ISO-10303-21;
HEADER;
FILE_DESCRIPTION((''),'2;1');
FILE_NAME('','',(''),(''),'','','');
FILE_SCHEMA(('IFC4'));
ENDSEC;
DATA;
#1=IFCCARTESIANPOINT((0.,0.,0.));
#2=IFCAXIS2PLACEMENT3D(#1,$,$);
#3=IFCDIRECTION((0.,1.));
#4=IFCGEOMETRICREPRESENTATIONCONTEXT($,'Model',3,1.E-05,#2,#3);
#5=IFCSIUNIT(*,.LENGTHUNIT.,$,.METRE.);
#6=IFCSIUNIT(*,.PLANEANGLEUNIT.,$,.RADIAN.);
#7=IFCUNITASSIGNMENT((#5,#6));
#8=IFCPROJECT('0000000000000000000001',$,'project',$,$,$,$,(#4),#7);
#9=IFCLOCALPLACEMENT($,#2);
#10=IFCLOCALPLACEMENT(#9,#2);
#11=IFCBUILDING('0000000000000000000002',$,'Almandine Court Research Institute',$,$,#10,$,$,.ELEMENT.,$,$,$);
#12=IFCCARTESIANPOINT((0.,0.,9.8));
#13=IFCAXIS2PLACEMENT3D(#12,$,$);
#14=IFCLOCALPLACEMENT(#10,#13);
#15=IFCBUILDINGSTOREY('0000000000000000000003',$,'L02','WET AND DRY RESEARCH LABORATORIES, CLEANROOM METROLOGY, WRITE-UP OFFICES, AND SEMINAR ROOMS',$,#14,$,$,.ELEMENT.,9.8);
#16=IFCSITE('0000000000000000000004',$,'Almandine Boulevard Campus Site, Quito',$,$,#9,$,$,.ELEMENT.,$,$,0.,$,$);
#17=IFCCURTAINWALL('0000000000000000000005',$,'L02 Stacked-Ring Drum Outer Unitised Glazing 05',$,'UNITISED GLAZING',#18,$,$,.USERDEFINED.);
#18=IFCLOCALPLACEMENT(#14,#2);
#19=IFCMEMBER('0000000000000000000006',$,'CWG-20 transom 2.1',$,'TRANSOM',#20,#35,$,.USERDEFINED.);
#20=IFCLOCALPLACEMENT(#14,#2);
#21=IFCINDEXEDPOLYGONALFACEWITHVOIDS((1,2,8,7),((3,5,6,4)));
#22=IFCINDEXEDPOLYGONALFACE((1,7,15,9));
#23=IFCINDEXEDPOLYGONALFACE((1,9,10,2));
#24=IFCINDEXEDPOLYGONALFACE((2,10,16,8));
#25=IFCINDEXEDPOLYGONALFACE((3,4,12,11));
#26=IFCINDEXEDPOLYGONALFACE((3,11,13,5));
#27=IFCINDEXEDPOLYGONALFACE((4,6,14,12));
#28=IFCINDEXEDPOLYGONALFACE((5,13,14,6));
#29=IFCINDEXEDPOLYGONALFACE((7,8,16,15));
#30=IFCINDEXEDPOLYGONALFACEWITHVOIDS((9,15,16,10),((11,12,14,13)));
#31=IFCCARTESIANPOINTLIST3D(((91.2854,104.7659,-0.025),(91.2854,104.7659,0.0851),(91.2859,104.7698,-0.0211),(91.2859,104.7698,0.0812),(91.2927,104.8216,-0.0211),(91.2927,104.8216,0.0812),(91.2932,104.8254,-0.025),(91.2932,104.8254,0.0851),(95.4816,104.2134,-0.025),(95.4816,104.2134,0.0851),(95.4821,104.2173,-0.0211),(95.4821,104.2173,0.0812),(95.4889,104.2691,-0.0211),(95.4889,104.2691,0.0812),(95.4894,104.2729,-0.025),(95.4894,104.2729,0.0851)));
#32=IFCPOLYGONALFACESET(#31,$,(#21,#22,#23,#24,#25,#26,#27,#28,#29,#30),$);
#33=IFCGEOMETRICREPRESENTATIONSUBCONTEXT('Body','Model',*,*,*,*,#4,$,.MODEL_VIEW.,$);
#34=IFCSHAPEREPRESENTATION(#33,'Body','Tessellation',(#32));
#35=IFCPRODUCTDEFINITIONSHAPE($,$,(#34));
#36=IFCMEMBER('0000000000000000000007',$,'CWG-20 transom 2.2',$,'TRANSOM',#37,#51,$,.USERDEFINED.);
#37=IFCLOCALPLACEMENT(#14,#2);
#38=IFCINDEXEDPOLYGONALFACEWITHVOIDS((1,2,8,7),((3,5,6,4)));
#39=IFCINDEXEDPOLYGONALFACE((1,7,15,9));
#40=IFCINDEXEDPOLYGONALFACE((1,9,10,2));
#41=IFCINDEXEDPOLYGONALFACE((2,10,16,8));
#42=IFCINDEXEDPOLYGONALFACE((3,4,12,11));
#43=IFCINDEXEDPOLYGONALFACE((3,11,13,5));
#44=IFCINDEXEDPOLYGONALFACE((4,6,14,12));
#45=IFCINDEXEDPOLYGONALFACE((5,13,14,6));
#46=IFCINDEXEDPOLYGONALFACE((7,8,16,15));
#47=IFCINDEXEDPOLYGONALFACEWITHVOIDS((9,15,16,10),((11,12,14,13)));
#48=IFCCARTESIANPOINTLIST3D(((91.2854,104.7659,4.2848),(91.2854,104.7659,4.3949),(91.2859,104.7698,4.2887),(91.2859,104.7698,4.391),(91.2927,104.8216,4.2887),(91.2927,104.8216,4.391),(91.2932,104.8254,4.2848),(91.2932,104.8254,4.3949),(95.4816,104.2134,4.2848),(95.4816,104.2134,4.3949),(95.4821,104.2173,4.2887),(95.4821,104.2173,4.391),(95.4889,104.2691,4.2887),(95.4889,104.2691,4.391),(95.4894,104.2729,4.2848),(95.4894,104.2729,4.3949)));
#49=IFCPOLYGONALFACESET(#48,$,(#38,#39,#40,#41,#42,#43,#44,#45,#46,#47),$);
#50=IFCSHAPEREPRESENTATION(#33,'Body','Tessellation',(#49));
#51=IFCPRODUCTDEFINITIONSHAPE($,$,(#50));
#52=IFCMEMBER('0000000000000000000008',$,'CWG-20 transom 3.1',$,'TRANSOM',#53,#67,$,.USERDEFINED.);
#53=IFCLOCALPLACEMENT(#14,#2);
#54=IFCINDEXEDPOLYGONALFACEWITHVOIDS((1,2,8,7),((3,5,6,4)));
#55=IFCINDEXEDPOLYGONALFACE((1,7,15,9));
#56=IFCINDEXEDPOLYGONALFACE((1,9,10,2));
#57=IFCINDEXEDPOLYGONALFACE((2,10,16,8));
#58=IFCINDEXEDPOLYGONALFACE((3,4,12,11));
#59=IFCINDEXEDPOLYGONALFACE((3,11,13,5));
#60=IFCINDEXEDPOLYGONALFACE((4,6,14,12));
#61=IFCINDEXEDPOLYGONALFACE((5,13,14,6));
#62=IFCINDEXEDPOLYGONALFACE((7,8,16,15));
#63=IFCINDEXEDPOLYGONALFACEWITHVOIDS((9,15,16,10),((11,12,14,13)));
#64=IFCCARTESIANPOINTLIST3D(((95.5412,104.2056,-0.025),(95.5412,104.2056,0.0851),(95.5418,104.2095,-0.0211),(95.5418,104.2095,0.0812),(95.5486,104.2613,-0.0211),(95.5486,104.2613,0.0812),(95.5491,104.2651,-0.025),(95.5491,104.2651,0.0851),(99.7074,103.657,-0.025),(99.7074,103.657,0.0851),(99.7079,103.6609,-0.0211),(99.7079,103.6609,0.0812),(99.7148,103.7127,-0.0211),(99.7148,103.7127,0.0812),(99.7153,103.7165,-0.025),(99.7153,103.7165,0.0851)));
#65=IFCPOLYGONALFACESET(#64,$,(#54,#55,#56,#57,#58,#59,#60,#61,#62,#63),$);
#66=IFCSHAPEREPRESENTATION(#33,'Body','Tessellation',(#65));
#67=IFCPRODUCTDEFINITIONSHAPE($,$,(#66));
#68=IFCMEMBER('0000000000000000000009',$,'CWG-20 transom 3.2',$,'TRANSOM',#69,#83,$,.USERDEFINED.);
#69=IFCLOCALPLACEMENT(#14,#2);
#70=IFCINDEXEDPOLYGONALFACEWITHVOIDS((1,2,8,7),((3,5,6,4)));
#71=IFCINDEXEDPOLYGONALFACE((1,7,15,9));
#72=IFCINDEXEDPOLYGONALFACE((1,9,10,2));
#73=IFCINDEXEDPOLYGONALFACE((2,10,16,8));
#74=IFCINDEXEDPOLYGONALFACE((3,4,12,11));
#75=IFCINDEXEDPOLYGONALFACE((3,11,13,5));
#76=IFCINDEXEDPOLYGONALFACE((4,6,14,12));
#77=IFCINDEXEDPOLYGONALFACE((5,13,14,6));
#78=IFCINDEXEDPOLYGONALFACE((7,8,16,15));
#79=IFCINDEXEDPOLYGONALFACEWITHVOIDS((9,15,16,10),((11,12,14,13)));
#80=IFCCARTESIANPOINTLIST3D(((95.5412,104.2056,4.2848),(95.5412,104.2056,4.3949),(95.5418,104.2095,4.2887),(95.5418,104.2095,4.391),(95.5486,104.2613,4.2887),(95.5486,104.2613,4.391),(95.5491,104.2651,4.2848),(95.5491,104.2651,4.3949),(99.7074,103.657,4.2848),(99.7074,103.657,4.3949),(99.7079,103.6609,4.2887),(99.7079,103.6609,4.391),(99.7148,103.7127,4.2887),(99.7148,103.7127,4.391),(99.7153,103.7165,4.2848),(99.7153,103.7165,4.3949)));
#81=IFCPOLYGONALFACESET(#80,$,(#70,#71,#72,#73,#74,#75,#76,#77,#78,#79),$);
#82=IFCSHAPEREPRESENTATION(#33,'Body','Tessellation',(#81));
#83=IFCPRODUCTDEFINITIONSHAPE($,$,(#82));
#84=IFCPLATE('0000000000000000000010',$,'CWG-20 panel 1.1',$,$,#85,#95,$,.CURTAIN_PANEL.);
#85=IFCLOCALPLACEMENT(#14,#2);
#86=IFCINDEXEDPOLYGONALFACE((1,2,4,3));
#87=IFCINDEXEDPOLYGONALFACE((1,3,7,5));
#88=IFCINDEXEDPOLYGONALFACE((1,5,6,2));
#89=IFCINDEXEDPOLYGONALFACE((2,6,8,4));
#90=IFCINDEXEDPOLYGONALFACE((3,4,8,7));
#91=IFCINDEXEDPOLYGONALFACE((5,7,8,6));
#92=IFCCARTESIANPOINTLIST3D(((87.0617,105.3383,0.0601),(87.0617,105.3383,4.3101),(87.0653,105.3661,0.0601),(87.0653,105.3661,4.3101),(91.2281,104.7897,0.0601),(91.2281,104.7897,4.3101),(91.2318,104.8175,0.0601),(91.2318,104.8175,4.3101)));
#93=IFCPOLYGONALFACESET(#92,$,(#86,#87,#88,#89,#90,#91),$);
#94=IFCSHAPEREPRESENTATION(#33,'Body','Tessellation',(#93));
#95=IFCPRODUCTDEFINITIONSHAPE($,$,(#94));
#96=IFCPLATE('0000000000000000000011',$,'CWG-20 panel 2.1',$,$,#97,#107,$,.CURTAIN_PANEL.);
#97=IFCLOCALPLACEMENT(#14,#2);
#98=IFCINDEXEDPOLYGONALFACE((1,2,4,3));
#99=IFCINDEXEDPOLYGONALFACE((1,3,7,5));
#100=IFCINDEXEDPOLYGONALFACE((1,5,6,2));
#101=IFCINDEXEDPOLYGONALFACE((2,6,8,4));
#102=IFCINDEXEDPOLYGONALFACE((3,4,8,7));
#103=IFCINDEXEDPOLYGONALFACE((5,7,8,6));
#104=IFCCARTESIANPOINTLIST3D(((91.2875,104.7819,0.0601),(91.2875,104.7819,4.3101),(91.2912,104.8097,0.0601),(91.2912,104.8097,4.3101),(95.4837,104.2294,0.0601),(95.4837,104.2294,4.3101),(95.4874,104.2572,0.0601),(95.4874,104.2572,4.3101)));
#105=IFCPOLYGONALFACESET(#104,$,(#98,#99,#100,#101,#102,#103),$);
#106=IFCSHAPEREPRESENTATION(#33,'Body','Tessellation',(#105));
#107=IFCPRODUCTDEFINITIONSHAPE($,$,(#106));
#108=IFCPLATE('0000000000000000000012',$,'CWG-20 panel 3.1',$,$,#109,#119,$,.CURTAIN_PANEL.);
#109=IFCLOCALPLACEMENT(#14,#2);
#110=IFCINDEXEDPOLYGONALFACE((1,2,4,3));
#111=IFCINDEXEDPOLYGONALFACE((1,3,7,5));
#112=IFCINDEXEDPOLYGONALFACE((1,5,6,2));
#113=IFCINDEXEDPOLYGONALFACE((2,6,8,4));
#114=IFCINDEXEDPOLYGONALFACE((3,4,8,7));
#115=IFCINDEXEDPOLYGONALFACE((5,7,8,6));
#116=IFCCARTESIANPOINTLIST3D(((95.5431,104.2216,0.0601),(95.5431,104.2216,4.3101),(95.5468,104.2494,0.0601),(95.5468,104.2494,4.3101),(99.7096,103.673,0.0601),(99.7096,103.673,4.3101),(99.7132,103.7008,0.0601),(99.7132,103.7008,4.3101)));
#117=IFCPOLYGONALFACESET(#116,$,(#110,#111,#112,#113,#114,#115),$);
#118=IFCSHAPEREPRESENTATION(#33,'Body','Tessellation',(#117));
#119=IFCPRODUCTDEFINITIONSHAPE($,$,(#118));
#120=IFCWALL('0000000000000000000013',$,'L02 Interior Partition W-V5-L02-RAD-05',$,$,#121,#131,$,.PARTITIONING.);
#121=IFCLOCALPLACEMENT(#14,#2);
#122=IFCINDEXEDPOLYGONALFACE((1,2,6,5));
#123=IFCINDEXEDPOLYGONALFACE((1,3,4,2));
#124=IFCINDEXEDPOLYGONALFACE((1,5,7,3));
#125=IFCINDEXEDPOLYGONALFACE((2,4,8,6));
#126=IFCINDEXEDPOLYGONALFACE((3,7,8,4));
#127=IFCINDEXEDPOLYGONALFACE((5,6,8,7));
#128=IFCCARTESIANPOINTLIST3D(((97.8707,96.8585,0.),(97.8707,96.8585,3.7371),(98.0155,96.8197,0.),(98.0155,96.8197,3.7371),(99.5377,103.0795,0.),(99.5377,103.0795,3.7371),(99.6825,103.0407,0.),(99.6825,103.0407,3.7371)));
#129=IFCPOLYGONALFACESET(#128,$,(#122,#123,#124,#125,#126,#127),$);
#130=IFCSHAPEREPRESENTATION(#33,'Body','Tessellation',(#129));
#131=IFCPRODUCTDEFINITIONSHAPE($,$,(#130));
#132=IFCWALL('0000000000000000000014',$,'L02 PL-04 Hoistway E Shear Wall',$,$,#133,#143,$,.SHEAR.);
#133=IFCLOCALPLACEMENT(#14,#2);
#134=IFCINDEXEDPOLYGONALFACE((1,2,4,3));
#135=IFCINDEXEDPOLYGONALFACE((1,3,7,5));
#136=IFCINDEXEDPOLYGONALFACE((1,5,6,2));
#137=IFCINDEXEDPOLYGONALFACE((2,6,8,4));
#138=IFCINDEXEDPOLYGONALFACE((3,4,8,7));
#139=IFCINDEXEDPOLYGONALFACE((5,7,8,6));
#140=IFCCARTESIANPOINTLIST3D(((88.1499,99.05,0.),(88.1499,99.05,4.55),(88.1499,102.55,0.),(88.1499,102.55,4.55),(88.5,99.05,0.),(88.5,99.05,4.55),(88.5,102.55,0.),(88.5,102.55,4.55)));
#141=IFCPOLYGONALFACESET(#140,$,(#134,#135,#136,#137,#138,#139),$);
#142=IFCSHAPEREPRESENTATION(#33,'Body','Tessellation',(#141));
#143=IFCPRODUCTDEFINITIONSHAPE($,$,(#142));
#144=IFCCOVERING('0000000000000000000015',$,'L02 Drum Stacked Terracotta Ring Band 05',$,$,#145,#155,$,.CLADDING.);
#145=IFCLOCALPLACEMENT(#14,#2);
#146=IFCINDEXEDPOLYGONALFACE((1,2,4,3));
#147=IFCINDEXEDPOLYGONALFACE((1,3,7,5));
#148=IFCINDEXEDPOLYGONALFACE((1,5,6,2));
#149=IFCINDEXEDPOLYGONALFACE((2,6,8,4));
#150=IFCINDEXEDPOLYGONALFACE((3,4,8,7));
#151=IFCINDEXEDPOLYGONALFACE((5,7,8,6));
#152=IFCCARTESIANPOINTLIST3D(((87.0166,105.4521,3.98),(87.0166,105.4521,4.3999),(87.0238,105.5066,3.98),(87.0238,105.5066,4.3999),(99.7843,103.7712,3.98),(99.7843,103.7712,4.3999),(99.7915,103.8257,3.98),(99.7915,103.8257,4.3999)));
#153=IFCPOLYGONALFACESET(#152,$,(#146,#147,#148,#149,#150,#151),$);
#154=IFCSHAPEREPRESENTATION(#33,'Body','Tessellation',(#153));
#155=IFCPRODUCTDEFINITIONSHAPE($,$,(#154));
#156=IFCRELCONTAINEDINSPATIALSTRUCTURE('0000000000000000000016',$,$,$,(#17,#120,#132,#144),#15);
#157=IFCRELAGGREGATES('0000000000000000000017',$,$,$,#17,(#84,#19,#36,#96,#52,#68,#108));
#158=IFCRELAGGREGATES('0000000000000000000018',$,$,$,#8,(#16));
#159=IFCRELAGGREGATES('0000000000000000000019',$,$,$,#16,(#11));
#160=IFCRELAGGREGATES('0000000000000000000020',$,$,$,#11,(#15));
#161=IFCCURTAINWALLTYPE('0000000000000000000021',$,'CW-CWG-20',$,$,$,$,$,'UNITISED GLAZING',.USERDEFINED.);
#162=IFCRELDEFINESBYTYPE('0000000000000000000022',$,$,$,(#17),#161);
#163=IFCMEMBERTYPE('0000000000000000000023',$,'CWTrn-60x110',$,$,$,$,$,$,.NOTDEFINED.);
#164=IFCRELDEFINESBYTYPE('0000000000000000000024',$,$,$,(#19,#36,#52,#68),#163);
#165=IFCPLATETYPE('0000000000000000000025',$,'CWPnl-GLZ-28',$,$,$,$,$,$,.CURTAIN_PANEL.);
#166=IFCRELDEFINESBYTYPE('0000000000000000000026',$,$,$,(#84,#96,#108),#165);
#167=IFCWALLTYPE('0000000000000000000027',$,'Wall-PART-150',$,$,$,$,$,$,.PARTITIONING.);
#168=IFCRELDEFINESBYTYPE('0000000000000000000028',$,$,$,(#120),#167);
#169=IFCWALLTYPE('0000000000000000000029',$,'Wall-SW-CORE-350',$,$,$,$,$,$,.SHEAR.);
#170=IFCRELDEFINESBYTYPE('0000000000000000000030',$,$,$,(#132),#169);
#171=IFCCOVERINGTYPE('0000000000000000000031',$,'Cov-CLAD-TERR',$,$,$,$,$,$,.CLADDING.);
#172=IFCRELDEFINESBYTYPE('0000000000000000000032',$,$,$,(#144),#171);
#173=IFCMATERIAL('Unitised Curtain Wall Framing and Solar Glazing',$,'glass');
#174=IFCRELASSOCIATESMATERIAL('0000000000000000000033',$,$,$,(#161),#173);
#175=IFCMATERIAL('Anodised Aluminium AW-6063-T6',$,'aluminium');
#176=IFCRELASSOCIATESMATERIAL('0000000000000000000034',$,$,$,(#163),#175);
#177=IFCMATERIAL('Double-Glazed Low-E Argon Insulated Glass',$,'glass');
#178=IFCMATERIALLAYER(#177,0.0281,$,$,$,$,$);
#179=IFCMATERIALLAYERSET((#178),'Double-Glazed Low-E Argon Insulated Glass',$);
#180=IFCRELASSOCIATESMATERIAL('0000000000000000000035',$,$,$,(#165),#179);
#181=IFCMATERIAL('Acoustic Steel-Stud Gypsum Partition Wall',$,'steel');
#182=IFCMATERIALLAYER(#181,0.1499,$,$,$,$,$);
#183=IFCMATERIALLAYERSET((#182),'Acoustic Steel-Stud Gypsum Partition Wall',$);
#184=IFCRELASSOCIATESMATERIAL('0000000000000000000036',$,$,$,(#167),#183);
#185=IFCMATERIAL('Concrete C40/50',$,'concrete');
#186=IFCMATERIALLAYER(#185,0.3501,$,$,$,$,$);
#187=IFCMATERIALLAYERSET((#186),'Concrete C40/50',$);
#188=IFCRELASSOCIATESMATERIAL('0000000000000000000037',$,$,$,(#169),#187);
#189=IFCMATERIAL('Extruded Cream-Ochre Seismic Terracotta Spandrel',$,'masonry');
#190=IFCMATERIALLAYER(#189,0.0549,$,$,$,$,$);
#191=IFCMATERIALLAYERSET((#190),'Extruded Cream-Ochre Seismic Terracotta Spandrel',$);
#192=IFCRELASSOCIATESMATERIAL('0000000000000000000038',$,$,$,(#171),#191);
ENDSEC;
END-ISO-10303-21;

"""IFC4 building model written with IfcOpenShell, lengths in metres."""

from ifc_helpers import new_model, si_unit, direction, frame, frame_2d, origin, origin_2d, place, context, subcontext, project, spatial, rectangle, hollow_rectangle, extrude, material, layer, layer_set, material_profile, profile_set, type_object, element, aggregate, save


model = new_model("IFC4")

# Units and contexts
model_context = context("Model", 3, precision=1e-05, world=origin(), true_north=direction((0.0, 1.0)))
body_context = subcontext(model_context, "Body", "Model", "MODEL_VIEW")
ifc_project = project(units=[si_unit("LENGTHUNIT", "METRE"), si_unit("PLANEANGLEUNIT", "RADIAN")], contexts=[model_context])

# Site, building, storey
site_placement = place(None, origin())
site = spatial("IfcSite", under=ifc_project, at=site_placement, Name="Almandine Boulevard Campus Site, Quito", CompositionType="ELEMENT", RefElevation=0.0)
building_placement = place(site_placement, origin())
building = spatial("IfcBuilding", under=site, at=building_placement, Name="Almandine Court Research Institute", CompositionType="ELEMENT")
storey_placement = place(building_placement, frame((0.0, 0.0, 9.8)))
storey = spatial("IfcBuildingStorey", under=building, at=storey_placement, Name="L02", Description="WET AND DRY RESEARCH LABORATORIES, CLEANROOM METROLOGY, WRITE-UP OFFICES, AND SEMINAR ROOMS", CompositionType="ELEMENT", Elevation=9.8)

# Curtain wall, members, plates
ifc_material_1 = material(Name="Unitised Curtain Wall Framing and Solar Glazing", Category="glass")
curtain_wall_type = type_object("IfcCurtainWallType", Name="CW-CWG-20", ElementType="UNITISED GLAZING", PredefinedType="USERDEFINED", material=ifc_material_1)
curtain_wall_placement = place(storey_placement, origin())
curtain_wall = element("IfcCurtainWall", 1, at=curtain_wall_placement, inside=storey, type_object=curtain_wall_type, Name="L02 Stacked-Ring Drum Outer Unitised Glazing 05", ObjectType="UNITISED GLAZING", PredefinedType="USERDEFINED")
ifc_material_2 = material(Name="Anodised Aluminium AW-6063-T6", Category="aluminium")
ifc_material_profile_1 = material_profile(ifc_material_2, hollow_rectangle(XDim=0.0601, YDim=0.1101, WallThickness=0.0039, at=origin_2d()), Name="ALU RHS 60x110x4")
ifc_profile_set_1 = profile_set([ifc_material_profile_1], Name="Anodised Aluminium AW-6063-T6")
member_type_1 = type_object("IfcMemberType", Name="CWTrn-60x110", PredefinedType="NOTDEFINED", material=ifc_profile_set_1)
member_1_placement = place(storey_placement, frame((91.2893, 104.7957, 0.03), z_axis=(0.991444, -0.130535, 0.0), x_axis=(0.130535, 0.991444, 0.0)))
member_1 = element("IfcMember", 2, at=member_1_placement, type_object=member_type_1, Name="CWG-20 transom 2.1", ObjectType="TRANSOM", PredefinedType="USERDEFINED", context=body_context, shape_type="SweptSolid", body=[
    extrude(hollow_rectangle(XDim=0.0601, YDim=0.1101, WallThickness=0.0039, at=origin_2d()), origin(), (0.0, 0.0, 1.0), 4.2324),
])
member_2_placement = place(storey_placement, frame((91.2893, 104.7957, 4.3398), z_axis=(0.991444, -0.130535, 0.0), x_axis=(0.130535, 0.991444, 0.0)))
member_2 = element("IfcMember", 3, at=member_2_placement, type_object=member_type_1, Name="CWG-20 transom 2.2", ObjectType="TRANSOM", PredefinedType="USERDEFINED", context=body_context, shape_type="SweptSolid", body=[
    extrude(hollow_rectangle(XDim=0.0601, YDim=0.1101, WallThickness=0.0039, at=origin_2d()), origin(), (0.0, 0.0, 1.0), 4.2324),
])
member_3_placement = place(storey_placement, frame((95.5452, 104.2354, 0.03), z_axis=(0.991442, -0.130546, 0.0), x_axis=(0.130546, 0.991442, 0.0)))
member_3 = element("IfcMember", 4, at=member_3_placement, type_object=member_type_1, Name="CWG-20 transom 3.1", ObjectType="TRANSOM", PredefinedType="USERDEFINED", context=body_context, shape_type="SweptSolid", body=[
    extrude(hollow_rectangle(XDim=0.0601, YDim=0.1101, WallThickness=0.0039, at=origin_2d()), origin(), (0.0, 0.0, 1.0), 4.2021),
])
member_4_placement = place(storey_placement, frame((95.5452, 104.2354, 4.3398), z_axis=(0.991442, -0.130546, 0.0), x_axis=(0.130546, 0.991442, 0.0)))
member_4 = element("IfcMember", 5, at=member_4_placement, type_object=member_type_1, Name="CWG-20 transom 3.2", ObjectType="TRANSOM", PredefinedType="USERDEFINED", context=body_context, shape_type="SweptSolid", body=[
    extrude(hollow_rectangle(XDim=0.0601, YDim=0.1101, WallThickness=0.0039, at=origin_2d()), origin(), (0.0, 0.0, 1.0), 4.2021),
])
ifc_material_3 = material(Name="Double-Glazed Low-E Argon Insulated Glass", Category="glass")
ifc_layer_1 = layer(ifc_material_3, 0.0281)
ifc_layer_set_1 = layer_set([ifc_layer_1], Name="Double-Glazed Low-E Argon Insulated Glass")
plate_type = type_object("IfcPlateType", Name="CWPnl-GLZ-28", PredefinedType="CURTAIN_PANEL", material=ifc_layer_set_1)
plate_1_placement = place(storey_placement, frame((89.1467, 105.0779, 0.0601), z_axis=(0.0, 0.0, 1.0), x_axis=(0.991443, -0.130541, 0.0)))
plate_1 = element("IfcPlate", 6, at=plate_1_placement, type_object=plate_type, Name="CWG-20 panel 1.1", PredefinedType="CURTAIN_PANEL", context=body_context, shape_type="SweptSolid", body=[
    extrude(rectangle(XDim=4.2024, YDim=0.0281, at=origin_2d()), origin(), (0.0, 0.0, 1.0), 4.25),
])
plate_2_placement = place(storey_placement, frame((93.3875, 104.5195, 0.0601), z_axis=(0.0, 0.0, 1.0), x_axis=(0.991443, -0.130541, 0.0)))
plate_2 = element("IfcPlate", 7, at=plate_2_placement, type_object=plate_type, Name="CWG-20 panel 2.1", PredefinedType="CURTAIN_PANEL", context=body_context, shape_type="SweptSolid", body=[
    extrude(rectangle(XDim=4.2324, YDim=0.0281, at=origin_2d()), origin(), (0.0, 0.0, 1.0), 4.25),
])
plate_3_placement = place(storey_placement, frame((97.6282, 103.9612, 0.0601), z_axis=(0.0, 0.0, 1.0), x_axis=(0.991443, -0.130541, 0.0)))
plate_3 = element("IfcPlate", 8, at=plate_3_placement, type_object=plate_type, Name="CWG-20 panel 3.1", PredefinedType="CURTAIN_PANEL", context=body_context, shape_type="SweptSolid", body=[
    extrude(rectangle(XDim=4.2024, YDim=0.0281, at=origin_2d()), origin(), (0.0, 0.0, 1.0), 4.25),
])
aggregate(curtain_wall, [plate_1, member_1, member_2, plate_2, member_3, member_4, plate_3])

# Walls
ifc_material_4 = material(Name="Acoustic Steel-Stud Gypsum Partition Wall", Category="steel")
ifc_layer_2 = layer(ifc_material_4, 0.1499)
ifc_layer_set_2 = layer_set([ifc_layer_2], Name="Acoustic Steel-Stud Gypsum Partition Wall")
wall_type_1 = type_object("IfcWallType", Name="Wall-PART-150", PredefinedType="PARTITIONING", material=ifc_layer_set_2)
wall_1_placement = place(storey_placement, frame((97.9431, 96.8391, 0.0), z_axis=(0.0, 0.0, 1.0), x_axis=(0.258833, 0.965922, 0.0)))
element("IfcWall", 9, at=wall_1_placement, inside=storey, type_object=wall_type_1, Name="L02 Interior Partition W-V5-L02-RAD-05", PredefinedType="PARTITIONING", context=body_context, shape_type="SweptSolid", body=[
    extrude(rectangle(XDim=6.4404, YDim=0.1499, at=frame_2d((3.2202, 0.0))), origin(), (0.0, 0.0, 1.0), 3.7371),
])
ifc_material_5 = material(Name="Concrete C40/50", Category="concrete")
ifc_layer_3 = layer(ifc_material_5, 0.3501)
ifc_layer_set_3 = layer_set([ifc_layer_3], Name="Concrete C40/50")
wall_type_2 = type_object("IfcWallType", Name="Wall-SW-CORE-350", PredefinedType="SHEAR", material=ifc_layer_set_3)
wall_2_placement = place(storey_placement, frame((88.325, 102.55, 0.0), z_axis=(0.0, 0.0, 1.0), x_axis=(0.0, -1.0, 0.0)))
element("IfcWall", 10, at=wall_2_placement, inside=storey, type_object=wall_type_2, Name="L02 PL-04 Hoistway E Shear Wall", PredefinedType="SHEAR", context=body_context, shape_type="SweptSolid", body=[
    extrude(rectangle(XDim=3.5, YDim=0.3501, at=frame_2d((1.75, 0.0))), origin(), (0.0, 0.0, 1.0), 4.55),
])

# Covering
ifc_material_6 = material(Name="Extruded Cream-Ochre Seismic Terracotta Spandrel", Category="masonry")
ifc_layer_4 = layer(ifc_material_6, 0.0549)
ifc_layer_set_4 = layer_set([ifc_layer_4], Name="Extruded Cream-Ochre Seismic Terracotta Spandrel")
covering_type = type_object("IfcCoveringType", Name="Cov-CLAD-TERR", PredefinedType="CLADDING", material=ifc_layer_set_4)
covering_placement = place(storey_placement, frame((93.4041, 104.6389, 3.98), z_axis=(0.0, 0.0, 1.0), x_axis=(0.991445, -0.130526, 0.0)))
element("IfcCovering", 11, at=covering_placement, inside=storey, type_object=covering_type, Name="L02 Drum Stacked Terracotta Ring Band 05", PredefinedType="CLADDING", context=body_context, shape_type="SweptSolid", body=[
    extrude(rectangle(XDim=12.8779, YDim=0.0549, at=origin_2d()), origin(), (0.0, 0.0, 1.0), 0.4199),
])

save(model, "model.ifc")
